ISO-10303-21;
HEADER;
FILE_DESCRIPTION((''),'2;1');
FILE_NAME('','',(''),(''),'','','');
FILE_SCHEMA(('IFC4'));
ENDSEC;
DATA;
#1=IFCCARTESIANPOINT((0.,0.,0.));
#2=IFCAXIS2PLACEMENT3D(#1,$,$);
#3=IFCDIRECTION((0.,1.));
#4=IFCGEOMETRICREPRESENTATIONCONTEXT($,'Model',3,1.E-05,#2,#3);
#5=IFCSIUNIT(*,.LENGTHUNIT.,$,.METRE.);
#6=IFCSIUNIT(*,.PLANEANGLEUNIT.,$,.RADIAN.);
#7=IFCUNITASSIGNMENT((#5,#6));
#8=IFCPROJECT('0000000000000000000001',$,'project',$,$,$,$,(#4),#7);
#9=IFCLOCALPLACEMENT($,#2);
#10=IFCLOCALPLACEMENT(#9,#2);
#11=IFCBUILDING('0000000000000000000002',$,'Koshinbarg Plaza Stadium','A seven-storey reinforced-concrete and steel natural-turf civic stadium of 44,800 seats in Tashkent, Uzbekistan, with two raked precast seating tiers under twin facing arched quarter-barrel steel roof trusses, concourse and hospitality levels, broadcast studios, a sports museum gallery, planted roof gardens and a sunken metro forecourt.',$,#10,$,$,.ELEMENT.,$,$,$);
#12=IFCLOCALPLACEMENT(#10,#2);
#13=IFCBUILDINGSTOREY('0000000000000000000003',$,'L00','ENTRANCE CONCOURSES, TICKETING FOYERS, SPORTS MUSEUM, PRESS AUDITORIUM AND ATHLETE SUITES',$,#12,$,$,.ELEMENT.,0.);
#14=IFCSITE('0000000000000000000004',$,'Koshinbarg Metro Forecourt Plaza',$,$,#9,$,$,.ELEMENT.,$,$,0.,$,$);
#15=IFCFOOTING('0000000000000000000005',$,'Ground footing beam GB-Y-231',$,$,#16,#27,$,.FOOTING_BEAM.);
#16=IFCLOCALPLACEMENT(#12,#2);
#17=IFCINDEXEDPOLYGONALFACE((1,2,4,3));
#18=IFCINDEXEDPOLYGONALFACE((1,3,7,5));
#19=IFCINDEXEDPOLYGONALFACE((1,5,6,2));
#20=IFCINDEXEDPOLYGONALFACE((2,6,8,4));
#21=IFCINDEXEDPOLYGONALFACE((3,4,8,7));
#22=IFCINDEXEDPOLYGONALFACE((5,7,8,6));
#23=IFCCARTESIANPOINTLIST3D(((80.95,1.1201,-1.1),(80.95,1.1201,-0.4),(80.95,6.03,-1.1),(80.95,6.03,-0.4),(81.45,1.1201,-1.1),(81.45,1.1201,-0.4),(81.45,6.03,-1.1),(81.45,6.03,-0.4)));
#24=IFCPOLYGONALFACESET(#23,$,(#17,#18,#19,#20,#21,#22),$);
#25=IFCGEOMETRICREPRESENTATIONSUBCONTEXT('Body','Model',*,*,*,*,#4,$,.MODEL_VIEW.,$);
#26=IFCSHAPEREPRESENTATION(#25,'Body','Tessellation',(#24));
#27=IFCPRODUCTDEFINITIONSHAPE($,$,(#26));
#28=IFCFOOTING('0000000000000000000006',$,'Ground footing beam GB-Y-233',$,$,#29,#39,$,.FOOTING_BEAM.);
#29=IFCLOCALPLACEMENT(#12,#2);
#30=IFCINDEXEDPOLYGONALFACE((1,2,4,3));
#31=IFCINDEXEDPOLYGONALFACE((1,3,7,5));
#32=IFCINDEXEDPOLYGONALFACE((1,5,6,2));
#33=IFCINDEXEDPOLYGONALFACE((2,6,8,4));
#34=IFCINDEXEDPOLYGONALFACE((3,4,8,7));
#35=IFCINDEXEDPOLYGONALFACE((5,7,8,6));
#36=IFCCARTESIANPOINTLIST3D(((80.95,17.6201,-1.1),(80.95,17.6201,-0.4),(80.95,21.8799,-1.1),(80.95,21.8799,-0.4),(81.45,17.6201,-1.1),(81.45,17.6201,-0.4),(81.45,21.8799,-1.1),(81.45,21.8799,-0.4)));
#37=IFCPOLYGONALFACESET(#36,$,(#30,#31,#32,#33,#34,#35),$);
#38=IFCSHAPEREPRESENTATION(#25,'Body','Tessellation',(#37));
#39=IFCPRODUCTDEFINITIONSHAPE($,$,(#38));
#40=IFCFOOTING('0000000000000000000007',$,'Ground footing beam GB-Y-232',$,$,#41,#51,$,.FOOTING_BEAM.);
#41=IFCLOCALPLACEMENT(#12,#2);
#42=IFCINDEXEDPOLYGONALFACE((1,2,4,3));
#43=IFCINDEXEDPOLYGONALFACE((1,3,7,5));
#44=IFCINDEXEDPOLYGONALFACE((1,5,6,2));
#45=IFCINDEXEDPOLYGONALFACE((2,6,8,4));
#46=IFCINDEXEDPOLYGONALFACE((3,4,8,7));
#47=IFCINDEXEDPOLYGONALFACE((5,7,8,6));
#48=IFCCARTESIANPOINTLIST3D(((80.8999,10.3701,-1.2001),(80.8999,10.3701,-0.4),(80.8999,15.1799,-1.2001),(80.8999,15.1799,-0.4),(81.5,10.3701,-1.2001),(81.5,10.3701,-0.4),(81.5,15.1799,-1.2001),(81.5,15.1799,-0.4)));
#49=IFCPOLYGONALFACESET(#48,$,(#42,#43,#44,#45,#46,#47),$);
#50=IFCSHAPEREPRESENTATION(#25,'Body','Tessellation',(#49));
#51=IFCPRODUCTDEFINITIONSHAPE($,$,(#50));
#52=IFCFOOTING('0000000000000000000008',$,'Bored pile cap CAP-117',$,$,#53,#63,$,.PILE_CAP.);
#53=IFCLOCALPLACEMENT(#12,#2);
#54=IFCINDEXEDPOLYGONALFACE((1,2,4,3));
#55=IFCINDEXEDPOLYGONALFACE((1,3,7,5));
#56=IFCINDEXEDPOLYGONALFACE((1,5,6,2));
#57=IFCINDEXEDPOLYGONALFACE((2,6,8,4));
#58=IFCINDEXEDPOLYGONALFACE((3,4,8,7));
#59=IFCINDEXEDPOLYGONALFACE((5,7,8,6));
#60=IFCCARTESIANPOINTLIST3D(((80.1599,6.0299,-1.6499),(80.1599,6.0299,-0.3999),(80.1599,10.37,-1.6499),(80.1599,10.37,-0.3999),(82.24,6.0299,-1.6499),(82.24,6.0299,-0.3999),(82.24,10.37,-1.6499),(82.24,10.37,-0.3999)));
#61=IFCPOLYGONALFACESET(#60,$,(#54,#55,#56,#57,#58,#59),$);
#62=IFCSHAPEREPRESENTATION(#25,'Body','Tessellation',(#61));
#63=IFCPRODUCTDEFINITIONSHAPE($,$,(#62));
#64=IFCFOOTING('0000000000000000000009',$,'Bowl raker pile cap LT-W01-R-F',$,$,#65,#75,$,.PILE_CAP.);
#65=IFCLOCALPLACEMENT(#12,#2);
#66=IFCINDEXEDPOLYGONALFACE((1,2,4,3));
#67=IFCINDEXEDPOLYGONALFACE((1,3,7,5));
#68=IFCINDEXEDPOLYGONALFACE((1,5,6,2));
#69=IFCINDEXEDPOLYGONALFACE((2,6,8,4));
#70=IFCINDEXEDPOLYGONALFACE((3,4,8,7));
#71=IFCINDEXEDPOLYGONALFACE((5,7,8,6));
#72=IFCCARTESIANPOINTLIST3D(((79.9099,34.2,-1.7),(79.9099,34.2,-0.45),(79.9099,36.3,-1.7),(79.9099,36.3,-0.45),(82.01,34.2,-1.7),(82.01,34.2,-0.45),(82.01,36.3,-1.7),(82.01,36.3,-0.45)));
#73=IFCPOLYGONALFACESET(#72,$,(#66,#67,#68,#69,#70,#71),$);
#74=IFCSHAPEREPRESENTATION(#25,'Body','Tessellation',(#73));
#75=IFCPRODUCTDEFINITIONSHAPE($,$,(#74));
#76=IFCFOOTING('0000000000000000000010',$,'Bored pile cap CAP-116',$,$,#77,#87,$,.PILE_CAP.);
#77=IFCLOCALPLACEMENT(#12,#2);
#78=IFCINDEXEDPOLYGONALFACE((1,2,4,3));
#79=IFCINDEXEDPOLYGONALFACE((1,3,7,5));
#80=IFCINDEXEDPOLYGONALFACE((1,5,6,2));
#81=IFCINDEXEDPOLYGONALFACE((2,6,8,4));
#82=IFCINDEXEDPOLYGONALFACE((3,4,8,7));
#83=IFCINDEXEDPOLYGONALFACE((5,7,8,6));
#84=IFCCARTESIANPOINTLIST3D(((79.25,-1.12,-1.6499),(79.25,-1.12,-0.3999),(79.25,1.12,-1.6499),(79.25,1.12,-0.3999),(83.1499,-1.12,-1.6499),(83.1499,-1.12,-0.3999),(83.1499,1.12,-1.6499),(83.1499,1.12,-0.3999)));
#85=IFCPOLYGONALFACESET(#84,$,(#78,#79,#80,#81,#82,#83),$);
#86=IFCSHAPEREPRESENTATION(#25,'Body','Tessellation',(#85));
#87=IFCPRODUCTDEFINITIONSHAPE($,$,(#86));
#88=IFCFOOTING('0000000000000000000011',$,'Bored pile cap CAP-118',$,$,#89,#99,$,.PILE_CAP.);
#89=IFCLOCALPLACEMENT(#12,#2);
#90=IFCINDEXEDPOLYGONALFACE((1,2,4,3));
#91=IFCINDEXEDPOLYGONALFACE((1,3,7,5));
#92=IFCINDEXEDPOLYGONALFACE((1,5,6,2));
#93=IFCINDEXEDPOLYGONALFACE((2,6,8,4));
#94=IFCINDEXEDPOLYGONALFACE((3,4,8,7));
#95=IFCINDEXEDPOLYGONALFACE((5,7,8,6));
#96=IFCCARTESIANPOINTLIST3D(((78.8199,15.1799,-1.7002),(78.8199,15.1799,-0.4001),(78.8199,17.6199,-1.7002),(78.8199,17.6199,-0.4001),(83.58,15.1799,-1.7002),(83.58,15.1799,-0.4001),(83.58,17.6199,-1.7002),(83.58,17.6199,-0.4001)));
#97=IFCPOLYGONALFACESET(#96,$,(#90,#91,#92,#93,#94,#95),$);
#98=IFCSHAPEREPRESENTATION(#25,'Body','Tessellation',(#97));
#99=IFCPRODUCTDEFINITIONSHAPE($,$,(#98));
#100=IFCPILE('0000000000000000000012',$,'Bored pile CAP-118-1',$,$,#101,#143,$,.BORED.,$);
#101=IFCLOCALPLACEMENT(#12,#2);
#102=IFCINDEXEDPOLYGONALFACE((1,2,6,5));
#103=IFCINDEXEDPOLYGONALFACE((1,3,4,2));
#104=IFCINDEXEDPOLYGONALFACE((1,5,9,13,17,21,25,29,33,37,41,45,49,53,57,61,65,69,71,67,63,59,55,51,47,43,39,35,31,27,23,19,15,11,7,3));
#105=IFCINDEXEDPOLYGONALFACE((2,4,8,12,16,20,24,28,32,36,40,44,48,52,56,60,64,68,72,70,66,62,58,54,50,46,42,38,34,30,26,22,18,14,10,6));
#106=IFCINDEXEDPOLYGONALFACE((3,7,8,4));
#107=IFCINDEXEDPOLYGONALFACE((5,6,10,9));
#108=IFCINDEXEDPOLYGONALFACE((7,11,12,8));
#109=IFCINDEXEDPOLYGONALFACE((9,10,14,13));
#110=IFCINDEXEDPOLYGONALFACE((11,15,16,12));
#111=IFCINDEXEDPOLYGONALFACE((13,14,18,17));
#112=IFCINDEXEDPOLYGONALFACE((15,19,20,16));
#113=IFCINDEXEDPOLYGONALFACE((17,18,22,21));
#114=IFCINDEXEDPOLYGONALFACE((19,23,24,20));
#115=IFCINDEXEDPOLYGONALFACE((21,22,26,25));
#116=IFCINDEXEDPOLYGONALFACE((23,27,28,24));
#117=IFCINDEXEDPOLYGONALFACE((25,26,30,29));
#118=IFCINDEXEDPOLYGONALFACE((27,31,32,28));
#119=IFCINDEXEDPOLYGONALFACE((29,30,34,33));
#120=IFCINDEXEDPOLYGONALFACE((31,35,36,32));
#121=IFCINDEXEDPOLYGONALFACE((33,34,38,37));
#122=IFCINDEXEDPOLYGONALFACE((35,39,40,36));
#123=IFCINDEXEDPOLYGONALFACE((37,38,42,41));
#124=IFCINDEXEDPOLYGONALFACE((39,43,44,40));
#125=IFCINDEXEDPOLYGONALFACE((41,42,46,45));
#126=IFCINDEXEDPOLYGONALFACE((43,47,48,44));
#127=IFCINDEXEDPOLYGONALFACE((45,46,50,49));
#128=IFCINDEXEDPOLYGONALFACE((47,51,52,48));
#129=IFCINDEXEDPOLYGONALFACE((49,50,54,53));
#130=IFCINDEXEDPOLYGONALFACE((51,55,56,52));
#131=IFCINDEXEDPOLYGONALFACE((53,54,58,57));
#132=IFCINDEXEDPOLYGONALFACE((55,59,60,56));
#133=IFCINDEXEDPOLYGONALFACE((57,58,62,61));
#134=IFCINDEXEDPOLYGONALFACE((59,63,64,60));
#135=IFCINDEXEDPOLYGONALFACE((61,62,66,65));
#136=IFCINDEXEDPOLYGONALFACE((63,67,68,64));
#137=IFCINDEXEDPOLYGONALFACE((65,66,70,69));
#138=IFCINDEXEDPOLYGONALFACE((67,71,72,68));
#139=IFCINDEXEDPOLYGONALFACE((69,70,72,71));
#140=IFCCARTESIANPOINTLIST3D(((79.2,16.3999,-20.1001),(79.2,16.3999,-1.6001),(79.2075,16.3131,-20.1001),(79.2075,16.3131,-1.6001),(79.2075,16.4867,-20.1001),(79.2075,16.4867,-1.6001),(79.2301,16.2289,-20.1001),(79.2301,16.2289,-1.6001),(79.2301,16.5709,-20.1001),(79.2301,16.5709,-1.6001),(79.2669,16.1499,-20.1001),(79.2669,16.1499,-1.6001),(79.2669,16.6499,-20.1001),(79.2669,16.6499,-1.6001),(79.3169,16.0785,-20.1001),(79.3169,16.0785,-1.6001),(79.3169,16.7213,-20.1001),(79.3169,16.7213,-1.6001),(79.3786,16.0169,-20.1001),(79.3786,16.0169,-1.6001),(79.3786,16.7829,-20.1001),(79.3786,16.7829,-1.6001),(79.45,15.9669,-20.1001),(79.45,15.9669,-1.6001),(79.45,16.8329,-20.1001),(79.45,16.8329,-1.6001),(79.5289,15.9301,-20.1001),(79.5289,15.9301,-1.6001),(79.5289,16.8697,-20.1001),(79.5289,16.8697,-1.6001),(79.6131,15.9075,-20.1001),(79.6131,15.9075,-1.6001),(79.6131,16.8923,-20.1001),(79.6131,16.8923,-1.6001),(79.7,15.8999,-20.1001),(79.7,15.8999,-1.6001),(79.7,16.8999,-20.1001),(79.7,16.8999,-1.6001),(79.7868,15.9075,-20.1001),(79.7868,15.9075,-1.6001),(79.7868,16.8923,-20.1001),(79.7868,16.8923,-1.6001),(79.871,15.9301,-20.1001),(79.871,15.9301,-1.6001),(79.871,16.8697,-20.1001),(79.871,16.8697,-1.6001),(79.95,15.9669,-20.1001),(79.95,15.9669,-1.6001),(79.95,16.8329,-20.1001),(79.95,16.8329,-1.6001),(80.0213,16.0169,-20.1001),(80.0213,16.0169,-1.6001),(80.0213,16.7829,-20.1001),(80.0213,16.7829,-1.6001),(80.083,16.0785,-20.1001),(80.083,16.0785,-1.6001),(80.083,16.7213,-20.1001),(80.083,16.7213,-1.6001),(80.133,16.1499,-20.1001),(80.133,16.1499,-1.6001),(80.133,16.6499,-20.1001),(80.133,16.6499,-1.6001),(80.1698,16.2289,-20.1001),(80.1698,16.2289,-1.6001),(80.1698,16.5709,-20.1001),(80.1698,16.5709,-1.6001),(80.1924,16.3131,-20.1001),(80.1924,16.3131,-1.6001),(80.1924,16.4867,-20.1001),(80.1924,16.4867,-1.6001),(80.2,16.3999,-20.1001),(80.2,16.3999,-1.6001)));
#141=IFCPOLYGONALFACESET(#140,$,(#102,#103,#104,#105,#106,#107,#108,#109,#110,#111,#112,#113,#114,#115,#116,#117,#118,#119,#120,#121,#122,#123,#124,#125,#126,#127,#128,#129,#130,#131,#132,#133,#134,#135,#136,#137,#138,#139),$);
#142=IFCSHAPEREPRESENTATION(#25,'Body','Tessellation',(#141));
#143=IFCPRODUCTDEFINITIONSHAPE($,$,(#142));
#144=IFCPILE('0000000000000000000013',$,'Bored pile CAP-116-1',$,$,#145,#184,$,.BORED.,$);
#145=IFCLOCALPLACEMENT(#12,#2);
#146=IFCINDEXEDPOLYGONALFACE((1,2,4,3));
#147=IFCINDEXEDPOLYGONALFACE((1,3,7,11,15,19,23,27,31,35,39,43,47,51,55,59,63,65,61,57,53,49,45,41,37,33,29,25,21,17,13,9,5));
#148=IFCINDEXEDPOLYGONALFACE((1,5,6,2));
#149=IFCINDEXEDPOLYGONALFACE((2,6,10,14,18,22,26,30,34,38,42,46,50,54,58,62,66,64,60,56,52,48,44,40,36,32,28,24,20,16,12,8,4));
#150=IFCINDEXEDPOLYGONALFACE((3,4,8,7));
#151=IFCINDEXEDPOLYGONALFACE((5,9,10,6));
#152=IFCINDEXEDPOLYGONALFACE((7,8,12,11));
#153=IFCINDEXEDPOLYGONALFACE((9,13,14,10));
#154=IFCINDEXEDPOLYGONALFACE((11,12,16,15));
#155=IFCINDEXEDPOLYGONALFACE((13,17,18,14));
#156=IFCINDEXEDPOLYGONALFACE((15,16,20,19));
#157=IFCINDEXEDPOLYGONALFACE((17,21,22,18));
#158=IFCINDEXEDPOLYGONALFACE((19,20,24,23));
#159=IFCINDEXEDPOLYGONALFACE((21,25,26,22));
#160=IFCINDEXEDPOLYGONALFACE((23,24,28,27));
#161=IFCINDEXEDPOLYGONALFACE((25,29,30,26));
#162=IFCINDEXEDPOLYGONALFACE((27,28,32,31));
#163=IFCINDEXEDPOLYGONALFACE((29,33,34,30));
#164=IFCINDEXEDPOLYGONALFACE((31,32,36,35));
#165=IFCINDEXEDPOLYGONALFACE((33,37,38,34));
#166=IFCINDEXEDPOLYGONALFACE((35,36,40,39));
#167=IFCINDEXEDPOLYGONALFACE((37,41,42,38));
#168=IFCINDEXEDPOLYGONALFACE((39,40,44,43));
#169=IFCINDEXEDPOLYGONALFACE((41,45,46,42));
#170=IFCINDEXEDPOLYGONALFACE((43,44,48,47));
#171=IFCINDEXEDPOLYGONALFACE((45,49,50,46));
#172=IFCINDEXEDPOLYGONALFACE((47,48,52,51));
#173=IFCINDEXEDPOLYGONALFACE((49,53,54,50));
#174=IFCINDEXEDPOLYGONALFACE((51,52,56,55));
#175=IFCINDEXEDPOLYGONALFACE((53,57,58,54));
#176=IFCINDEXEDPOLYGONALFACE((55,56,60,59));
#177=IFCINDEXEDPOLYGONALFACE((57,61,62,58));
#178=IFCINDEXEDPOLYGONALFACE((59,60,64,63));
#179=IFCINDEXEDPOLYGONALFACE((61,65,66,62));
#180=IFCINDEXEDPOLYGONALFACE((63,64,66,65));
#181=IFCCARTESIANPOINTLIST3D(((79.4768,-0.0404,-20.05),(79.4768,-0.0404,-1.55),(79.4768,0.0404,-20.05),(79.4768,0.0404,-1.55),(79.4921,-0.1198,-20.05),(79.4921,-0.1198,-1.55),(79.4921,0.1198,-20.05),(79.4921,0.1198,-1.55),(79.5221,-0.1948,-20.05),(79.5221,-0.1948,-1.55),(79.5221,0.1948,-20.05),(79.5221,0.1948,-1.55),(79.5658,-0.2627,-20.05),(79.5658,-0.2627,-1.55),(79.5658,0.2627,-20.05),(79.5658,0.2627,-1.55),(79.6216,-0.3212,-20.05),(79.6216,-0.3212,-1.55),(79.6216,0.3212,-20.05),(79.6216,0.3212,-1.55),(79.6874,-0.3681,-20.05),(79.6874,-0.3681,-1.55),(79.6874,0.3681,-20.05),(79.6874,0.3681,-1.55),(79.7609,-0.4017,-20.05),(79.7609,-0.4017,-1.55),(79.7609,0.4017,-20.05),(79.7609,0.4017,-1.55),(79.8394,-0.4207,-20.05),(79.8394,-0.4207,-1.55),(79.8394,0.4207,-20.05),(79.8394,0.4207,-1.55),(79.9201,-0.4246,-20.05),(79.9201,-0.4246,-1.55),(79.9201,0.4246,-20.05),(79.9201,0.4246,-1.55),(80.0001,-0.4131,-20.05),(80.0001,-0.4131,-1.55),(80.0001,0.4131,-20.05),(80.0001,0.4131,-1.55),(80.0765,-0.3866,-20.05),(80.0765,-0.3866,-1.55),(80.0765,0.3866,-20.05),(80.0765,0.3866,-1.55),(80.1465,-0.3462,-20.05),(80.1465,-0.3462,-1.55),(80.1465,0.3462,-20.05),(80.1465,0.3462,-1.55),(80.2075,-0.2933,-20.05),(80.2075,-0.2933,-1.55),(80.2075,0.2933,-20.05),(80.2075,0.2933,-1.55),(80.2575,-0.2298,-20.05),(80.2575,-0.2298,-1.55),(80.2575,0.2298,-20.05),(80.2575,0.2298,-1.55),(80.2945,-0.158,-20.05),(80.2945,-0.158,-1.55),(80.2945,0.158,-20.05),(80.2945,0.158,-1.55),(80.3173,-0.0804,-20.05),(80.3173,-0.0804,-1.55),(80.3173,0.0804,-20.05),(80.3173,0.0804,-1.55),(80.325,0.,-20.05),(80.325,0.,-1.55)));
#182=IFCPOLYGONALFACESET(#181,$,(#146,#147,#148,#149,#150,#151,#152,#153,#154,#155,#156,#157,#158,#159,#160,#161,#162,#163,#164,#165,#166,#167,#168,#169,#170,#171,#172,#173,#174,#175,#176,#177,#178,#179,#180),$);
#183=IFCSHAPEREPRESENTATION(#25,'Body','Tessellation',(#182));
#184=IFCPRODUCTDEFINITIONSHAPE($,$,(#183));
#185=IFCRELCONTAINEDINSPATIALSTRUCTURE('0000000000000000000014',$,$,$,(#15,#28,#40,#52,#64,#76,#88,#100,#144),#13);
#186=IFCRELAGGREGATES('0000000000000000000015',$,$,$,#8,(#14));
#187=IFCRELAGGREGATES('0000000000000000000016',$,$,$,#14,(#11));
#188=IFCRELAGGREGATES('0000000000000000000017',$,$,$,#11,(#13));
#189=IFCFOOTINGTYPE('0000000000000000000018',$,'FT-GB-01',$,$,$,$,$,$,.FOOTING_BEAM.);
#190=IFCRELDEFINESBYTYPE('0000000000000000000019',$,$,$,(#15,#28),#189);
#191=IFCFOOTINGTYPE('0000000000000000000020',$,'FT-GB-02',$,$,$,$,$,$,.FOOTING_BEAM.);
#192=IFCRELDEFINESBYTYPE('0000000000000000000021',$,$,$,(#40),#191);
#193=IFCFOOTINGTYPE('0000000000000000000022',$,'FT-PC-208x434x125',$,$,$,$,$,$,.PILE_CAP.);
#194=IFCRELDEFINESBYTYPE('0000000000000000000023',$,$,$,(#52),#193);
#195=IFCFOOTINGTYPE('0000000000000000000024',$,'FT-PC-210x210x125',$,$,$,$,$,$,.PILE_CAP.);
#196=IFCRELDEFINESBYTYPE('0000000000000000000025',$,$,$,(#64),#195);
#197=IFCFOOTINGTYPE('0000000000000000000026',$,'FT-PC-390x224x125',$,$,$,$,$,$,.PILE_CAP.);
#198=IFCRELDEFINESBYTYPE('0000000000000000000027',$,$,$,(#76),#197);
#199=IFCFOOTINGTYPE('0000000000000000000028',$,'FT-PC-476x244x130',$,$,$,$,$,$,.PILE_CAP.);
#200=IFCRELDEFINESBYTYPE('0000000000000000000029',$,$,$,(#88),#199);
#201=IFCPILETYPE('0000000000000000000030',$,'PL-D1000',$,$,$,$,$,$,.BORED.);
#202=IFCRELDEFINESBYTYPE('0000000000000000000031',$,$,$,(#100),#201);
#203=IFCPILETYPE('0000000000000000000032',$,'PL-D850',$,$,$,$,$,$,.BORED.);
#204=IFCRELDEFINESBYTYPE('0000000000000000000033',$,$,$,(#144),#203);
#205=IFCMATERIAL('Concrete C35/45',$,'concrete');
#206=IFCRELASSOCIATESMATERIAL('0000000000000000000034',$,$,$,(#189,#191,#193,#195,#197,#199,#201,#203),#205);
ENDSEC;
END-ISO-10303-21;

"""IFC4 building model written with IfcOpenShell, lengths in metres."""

from ifc_helpers import new_model, si_unit, direction, frame, origin, origin_2d, place, context, subcontext, project, spatial, rectangle, circle, extrude, material, material_profile, profile_set, type_object, element, save


model = new_model("IFC4")

# Units and contexts
model_context = context("Model", 3, precision=1e-05, world=origin(), true_north=direction((0.0, 1.0)))
body_context = subcontext(model_context, "Body", "Model", "MODEL_VIEW")
ifc_project = project(units=[si_unit("LENGTHUNIT", "METRE"), si_unit("PLANEANGLEUNIT", "RADIAN")], contexts=[model_context])

# Site, building, storey
site_placement = place(None, origin())
site = spatial("IfcSite", under=ifc_project, at=site_placement, Name="Koshinbarg Metro Forecourt Plaza", CompositionType="ELEMENT", RefElevation=0.0)
building_placement = place(site_placement, origin())
building = spatial("IfcBuilding", under=site, at=building_placement, Name="Koshinbarg Plaza Stadium", Description="A seven-storey reinforced-concrete and steel natural-turf civic stadium of 44,800 seats in Tashkent, Uzbekistan, with two raked precast seating tiers under twin facing arched quarter-barrel steel roof trusses, concourse and hospitality levels, broadcast studios, a sports museum gallery, planted roof gardens and a sunken metro forecourt.", CompositionType="ELEMENT")
storey_placement = place(building_placement, origin())
storey = spatial("IfcBuildingStorey", under=building, at=storey_placement, Name="L00", Description="ENTRANCE CONCOURSES, TICKETING FOYERS, SPORTS MUSEUM, PRESS AUDITORIUM AND ATHLETE SUITES", CompositionType="ELEMENT", Elevation=0.0)

# Footings
ifc_material_1 = material(Name="Concrete C35/45", Category="concrete")
ifc_material_profile_1 = material_profile(ifc_material_1, rectangle(XDim=0.5, YDim=0.7, at=origin_2d()), Name="GB 500x700")
ifc_profile_set_1 = profile_set([ifc_material_profile_1], Name="Concrete C35/45")
footing_type_1 = type_object("IfcFootingType", Name="FT-GB-01", PredefinedType="FOOTING_BEAM", material=ifc_profile_set_1)
footing_1_placement = place(storey_placement, frame((81.2, 1.1201, -0.75), z_axis=(0.0, 1.0, 0.0), x_axis=(-1.0, 0.0, 0.0)))
element("IfcFooting", 1, at=footing_1_placement, inside=storey, type_object=footing_type_1, Name="Ground footing beam GB-Y-231", PredefinedType="FOOTING_BEAM", context=body_context, shape_type="SweptSolid", body=[
    extrude(rectangle(XDim=0.5, YDim=0.7, at=origin_2d()), origin(), (0.0, 0.0, 1.0), 4.9099),
])
footing_2_placement = place(storey_placement, frame((81.2, 17.6201, -0.75), z_axis=(0.0, 1.0, 0.0), x_axis=(-1.0, 0.0, 0.0)))
element("IfcFooting", 2, at=footing_2_placement, inside=storey, type_object=footing_type_1, Name="Ground footing beam GB-Y-233", PredefinedType="FOOTING_BEAM", context=body_context, shape_type="SweptSolid", body=[
    extrude(rectangle(XDim=0.5, YDim=0.7, at=origin_2d()), origin(), (0.0, 0.0, 1.0), 4.2598),
])
ifc_material_profile_2 = material_profile(ifc_material_1, rectangle(XDim=0.6001, YDim=0.8, at=origin_2d()), Name="GB 600x800")
ifc_profile_set_2 = profile_set([ifc_material_profile_2], Name="Concrete C35/45")
footing_type_2 = type_object("IfcFootingType", Name="FT-GB-02", PredefinedType="FOOTING_BEAM", material=ifc_profile_set_2)
footing_3_placement = place(storey_placement, frame((81.2, 10.3701, -0.8), z_axis=(0.0, 1.0, 0.0), x_axis=(-1.0, 0.0, 0.0)))
element("IfcFooting", 3, at=footing_3_placement, inside=storey, type_object=footing_type_2, Name="Ground footing beam GB-Y-232", PredefinedType="FOOTING_BEAM", context=body_context, shape_type="SweptSolid", body=[
    extrude(rectangle(XDim=0.6001, YDim=0.8, at=origin_2d()), origin(), (0.0, 0.0, 1.0), 4.8098),
])
footing_type_3 = type_object("IfcFootingType", Name="FT-PC-208x434x125", PredefinedType="PILE_CAP", material=ifc_material_1)
footing_4_placement = place(storey_placement, frame((81.2, 8.2, -1.6499), z_axis=(0.0, 0.0, 1.0), x_axis=(1.0, 0.0, 0.0)))
element("IfcFooting", 4, at=footing_4_placement, inside=storey, type_object=footing_type_3, Name="Bored pile cap CAP-117", PredefinedType="PILE_CAP", context=body_context, shape_type="SweptSolid", body=[
    extrude(rectangle(XDim=2.0801, YDim=4.3401, at=origin_2d()), origin(), (0.0, 0.0, 1.0), 1.25),
])
footing_type_4 = type_object("IfcFootingType", Name="FT-PC-210x210x125", PredefinedType="PILE_CAP", material=ifc_material_1)
footing_5_placement = place(storey_placement, frame((80.96, 35.25, -1.7), z_axis=(0.0, 0.0, 1.0), x_axis=(1.0, 0.0, 0.0)))
element("IfcFooting", 5, at=footing_5_placement, inside=storey, type_object=footing_type_4, Name="Bowl raker pile cap LT-W01-R-F", PredefinedType="PILE_CAP", context=body_context, shape_type="SweptSolid", body=[
    extrude(rectangle(XDim=2.1001, YDim=2.1001, at=origin_2d()), origin(), (0.0, 0.0, 1.0), 1.25),
])
footing_type_5 = type_object("IfcFootingType", Name="FT-PC-390x224x125", PredefinedType="PILE_CAP", material=ifc_material_1)
footing_6_placement = place(storey_placement, frame((81.2, 0.0, -1.6499), z_axis=(0.0, 0.0, 1.0), x_axis=(1.0, 0.0, 0.0)))
element("IfcFooting", 6, at=footing_6_placement, inside=storey, type_object=footing_type_5, Name="Bored pile cap CAP-116", PredefinedType="PILE_CAP", context=body_context, shape_type="SweptSolid", body=[
    extrude(rectangle(XDim=3.8999, YDim=2.24, at=origin_2d()), origin(), (0.0, 0.0, 1.0), 1.25),
])
footing_type_6 = type_object("IfcFootingType", Name="FT-PC-476x244x130", PredefinedType="PILE_CAP", material=ifc_material_1)
footing_7_placement = place(storey_placement, frame((81.2, 16.3999, -1.7002), z_axis=(0.0, 0.0, 1.0), x_axis=(1.0, 0.0, 0.0)))
element("IfcFooting", 7, at=footing_7_placement, inside=storey, type_object=footing_type_6, Name="Bored pile cap CAP-118", PredefinedType="PILE_CAP", context=body_context, shape_type="SweptSolid", body=[
    extrude(rectangle(XDim=4.76, YDim=2.4399, at=origin_2d()), origin(), (0.0, 0.0, 1.0), 1.3),
])

# Piles
ifc_material_profile_3 = material_profile(ifc_material_1, circle(Radius=0.5, at=origin_2d()), Name="PILE D1000")
ifc_profile_set_3 = profile_set([ifc_material_profile_3], Name="Concrete C35/45")
pile_type_1 = type_object("IfcPileType", Name="PL-D1000", PredefinedType="BORED", material=ifc_profile_set_3)
pile_1_placement = place(storey_placement, frame((79.7, 16.3999, -1.6001), z_axis=(0.0, 0.0, -1.0), x_axis=(1.0, 0.0, 0.0)))
element("IfcPile", 8, at=pile_1_placement, inside=storey, type_object=pile_type_1, Name="Bored pile CAP-118-1", PredefinedType="BORED", context=body_context, shape_type="SweptSolid", body=[
    extrude(circle(Radius=0.5, at=origin_2d()), origin(), (0.0, 0.0, 1.0), 18.5),
])
ifc_material_profile_4 = material_profile(ifc_material_1, circle(Radius=0.425, at=origin_2d()), Name="PILE D850")
ifc_profile_set_4 = profile_set([ifc_material_profile_4], Name="Concrete C35/45")
pile_type_2 = type_object("IfcPileType", Name="PL-D850", PredefinedType="BORED", material=ifc_profile_set_4)
pile_2_placement = place(storey_placement, frame((79.8999, 0.0, -1.55), z_axis=(0.0, 0.0, -1.0), x_axis=(1.0, 0.0, 0.0)))
element("IfcPile", 9, at=pile_2_placement, inside=storey, type_object=pile_type_2, Name="Bored pile CAP-116-1", PredefinedType="BORED", context=body_context, shape_type="SweptSolid", body=[
    extrude(circle(Radius=0.425, at=origin_2d()), origin(), (0.0, 0.0, 1.0), 18.5),
])

save(model, "model.ifc")
